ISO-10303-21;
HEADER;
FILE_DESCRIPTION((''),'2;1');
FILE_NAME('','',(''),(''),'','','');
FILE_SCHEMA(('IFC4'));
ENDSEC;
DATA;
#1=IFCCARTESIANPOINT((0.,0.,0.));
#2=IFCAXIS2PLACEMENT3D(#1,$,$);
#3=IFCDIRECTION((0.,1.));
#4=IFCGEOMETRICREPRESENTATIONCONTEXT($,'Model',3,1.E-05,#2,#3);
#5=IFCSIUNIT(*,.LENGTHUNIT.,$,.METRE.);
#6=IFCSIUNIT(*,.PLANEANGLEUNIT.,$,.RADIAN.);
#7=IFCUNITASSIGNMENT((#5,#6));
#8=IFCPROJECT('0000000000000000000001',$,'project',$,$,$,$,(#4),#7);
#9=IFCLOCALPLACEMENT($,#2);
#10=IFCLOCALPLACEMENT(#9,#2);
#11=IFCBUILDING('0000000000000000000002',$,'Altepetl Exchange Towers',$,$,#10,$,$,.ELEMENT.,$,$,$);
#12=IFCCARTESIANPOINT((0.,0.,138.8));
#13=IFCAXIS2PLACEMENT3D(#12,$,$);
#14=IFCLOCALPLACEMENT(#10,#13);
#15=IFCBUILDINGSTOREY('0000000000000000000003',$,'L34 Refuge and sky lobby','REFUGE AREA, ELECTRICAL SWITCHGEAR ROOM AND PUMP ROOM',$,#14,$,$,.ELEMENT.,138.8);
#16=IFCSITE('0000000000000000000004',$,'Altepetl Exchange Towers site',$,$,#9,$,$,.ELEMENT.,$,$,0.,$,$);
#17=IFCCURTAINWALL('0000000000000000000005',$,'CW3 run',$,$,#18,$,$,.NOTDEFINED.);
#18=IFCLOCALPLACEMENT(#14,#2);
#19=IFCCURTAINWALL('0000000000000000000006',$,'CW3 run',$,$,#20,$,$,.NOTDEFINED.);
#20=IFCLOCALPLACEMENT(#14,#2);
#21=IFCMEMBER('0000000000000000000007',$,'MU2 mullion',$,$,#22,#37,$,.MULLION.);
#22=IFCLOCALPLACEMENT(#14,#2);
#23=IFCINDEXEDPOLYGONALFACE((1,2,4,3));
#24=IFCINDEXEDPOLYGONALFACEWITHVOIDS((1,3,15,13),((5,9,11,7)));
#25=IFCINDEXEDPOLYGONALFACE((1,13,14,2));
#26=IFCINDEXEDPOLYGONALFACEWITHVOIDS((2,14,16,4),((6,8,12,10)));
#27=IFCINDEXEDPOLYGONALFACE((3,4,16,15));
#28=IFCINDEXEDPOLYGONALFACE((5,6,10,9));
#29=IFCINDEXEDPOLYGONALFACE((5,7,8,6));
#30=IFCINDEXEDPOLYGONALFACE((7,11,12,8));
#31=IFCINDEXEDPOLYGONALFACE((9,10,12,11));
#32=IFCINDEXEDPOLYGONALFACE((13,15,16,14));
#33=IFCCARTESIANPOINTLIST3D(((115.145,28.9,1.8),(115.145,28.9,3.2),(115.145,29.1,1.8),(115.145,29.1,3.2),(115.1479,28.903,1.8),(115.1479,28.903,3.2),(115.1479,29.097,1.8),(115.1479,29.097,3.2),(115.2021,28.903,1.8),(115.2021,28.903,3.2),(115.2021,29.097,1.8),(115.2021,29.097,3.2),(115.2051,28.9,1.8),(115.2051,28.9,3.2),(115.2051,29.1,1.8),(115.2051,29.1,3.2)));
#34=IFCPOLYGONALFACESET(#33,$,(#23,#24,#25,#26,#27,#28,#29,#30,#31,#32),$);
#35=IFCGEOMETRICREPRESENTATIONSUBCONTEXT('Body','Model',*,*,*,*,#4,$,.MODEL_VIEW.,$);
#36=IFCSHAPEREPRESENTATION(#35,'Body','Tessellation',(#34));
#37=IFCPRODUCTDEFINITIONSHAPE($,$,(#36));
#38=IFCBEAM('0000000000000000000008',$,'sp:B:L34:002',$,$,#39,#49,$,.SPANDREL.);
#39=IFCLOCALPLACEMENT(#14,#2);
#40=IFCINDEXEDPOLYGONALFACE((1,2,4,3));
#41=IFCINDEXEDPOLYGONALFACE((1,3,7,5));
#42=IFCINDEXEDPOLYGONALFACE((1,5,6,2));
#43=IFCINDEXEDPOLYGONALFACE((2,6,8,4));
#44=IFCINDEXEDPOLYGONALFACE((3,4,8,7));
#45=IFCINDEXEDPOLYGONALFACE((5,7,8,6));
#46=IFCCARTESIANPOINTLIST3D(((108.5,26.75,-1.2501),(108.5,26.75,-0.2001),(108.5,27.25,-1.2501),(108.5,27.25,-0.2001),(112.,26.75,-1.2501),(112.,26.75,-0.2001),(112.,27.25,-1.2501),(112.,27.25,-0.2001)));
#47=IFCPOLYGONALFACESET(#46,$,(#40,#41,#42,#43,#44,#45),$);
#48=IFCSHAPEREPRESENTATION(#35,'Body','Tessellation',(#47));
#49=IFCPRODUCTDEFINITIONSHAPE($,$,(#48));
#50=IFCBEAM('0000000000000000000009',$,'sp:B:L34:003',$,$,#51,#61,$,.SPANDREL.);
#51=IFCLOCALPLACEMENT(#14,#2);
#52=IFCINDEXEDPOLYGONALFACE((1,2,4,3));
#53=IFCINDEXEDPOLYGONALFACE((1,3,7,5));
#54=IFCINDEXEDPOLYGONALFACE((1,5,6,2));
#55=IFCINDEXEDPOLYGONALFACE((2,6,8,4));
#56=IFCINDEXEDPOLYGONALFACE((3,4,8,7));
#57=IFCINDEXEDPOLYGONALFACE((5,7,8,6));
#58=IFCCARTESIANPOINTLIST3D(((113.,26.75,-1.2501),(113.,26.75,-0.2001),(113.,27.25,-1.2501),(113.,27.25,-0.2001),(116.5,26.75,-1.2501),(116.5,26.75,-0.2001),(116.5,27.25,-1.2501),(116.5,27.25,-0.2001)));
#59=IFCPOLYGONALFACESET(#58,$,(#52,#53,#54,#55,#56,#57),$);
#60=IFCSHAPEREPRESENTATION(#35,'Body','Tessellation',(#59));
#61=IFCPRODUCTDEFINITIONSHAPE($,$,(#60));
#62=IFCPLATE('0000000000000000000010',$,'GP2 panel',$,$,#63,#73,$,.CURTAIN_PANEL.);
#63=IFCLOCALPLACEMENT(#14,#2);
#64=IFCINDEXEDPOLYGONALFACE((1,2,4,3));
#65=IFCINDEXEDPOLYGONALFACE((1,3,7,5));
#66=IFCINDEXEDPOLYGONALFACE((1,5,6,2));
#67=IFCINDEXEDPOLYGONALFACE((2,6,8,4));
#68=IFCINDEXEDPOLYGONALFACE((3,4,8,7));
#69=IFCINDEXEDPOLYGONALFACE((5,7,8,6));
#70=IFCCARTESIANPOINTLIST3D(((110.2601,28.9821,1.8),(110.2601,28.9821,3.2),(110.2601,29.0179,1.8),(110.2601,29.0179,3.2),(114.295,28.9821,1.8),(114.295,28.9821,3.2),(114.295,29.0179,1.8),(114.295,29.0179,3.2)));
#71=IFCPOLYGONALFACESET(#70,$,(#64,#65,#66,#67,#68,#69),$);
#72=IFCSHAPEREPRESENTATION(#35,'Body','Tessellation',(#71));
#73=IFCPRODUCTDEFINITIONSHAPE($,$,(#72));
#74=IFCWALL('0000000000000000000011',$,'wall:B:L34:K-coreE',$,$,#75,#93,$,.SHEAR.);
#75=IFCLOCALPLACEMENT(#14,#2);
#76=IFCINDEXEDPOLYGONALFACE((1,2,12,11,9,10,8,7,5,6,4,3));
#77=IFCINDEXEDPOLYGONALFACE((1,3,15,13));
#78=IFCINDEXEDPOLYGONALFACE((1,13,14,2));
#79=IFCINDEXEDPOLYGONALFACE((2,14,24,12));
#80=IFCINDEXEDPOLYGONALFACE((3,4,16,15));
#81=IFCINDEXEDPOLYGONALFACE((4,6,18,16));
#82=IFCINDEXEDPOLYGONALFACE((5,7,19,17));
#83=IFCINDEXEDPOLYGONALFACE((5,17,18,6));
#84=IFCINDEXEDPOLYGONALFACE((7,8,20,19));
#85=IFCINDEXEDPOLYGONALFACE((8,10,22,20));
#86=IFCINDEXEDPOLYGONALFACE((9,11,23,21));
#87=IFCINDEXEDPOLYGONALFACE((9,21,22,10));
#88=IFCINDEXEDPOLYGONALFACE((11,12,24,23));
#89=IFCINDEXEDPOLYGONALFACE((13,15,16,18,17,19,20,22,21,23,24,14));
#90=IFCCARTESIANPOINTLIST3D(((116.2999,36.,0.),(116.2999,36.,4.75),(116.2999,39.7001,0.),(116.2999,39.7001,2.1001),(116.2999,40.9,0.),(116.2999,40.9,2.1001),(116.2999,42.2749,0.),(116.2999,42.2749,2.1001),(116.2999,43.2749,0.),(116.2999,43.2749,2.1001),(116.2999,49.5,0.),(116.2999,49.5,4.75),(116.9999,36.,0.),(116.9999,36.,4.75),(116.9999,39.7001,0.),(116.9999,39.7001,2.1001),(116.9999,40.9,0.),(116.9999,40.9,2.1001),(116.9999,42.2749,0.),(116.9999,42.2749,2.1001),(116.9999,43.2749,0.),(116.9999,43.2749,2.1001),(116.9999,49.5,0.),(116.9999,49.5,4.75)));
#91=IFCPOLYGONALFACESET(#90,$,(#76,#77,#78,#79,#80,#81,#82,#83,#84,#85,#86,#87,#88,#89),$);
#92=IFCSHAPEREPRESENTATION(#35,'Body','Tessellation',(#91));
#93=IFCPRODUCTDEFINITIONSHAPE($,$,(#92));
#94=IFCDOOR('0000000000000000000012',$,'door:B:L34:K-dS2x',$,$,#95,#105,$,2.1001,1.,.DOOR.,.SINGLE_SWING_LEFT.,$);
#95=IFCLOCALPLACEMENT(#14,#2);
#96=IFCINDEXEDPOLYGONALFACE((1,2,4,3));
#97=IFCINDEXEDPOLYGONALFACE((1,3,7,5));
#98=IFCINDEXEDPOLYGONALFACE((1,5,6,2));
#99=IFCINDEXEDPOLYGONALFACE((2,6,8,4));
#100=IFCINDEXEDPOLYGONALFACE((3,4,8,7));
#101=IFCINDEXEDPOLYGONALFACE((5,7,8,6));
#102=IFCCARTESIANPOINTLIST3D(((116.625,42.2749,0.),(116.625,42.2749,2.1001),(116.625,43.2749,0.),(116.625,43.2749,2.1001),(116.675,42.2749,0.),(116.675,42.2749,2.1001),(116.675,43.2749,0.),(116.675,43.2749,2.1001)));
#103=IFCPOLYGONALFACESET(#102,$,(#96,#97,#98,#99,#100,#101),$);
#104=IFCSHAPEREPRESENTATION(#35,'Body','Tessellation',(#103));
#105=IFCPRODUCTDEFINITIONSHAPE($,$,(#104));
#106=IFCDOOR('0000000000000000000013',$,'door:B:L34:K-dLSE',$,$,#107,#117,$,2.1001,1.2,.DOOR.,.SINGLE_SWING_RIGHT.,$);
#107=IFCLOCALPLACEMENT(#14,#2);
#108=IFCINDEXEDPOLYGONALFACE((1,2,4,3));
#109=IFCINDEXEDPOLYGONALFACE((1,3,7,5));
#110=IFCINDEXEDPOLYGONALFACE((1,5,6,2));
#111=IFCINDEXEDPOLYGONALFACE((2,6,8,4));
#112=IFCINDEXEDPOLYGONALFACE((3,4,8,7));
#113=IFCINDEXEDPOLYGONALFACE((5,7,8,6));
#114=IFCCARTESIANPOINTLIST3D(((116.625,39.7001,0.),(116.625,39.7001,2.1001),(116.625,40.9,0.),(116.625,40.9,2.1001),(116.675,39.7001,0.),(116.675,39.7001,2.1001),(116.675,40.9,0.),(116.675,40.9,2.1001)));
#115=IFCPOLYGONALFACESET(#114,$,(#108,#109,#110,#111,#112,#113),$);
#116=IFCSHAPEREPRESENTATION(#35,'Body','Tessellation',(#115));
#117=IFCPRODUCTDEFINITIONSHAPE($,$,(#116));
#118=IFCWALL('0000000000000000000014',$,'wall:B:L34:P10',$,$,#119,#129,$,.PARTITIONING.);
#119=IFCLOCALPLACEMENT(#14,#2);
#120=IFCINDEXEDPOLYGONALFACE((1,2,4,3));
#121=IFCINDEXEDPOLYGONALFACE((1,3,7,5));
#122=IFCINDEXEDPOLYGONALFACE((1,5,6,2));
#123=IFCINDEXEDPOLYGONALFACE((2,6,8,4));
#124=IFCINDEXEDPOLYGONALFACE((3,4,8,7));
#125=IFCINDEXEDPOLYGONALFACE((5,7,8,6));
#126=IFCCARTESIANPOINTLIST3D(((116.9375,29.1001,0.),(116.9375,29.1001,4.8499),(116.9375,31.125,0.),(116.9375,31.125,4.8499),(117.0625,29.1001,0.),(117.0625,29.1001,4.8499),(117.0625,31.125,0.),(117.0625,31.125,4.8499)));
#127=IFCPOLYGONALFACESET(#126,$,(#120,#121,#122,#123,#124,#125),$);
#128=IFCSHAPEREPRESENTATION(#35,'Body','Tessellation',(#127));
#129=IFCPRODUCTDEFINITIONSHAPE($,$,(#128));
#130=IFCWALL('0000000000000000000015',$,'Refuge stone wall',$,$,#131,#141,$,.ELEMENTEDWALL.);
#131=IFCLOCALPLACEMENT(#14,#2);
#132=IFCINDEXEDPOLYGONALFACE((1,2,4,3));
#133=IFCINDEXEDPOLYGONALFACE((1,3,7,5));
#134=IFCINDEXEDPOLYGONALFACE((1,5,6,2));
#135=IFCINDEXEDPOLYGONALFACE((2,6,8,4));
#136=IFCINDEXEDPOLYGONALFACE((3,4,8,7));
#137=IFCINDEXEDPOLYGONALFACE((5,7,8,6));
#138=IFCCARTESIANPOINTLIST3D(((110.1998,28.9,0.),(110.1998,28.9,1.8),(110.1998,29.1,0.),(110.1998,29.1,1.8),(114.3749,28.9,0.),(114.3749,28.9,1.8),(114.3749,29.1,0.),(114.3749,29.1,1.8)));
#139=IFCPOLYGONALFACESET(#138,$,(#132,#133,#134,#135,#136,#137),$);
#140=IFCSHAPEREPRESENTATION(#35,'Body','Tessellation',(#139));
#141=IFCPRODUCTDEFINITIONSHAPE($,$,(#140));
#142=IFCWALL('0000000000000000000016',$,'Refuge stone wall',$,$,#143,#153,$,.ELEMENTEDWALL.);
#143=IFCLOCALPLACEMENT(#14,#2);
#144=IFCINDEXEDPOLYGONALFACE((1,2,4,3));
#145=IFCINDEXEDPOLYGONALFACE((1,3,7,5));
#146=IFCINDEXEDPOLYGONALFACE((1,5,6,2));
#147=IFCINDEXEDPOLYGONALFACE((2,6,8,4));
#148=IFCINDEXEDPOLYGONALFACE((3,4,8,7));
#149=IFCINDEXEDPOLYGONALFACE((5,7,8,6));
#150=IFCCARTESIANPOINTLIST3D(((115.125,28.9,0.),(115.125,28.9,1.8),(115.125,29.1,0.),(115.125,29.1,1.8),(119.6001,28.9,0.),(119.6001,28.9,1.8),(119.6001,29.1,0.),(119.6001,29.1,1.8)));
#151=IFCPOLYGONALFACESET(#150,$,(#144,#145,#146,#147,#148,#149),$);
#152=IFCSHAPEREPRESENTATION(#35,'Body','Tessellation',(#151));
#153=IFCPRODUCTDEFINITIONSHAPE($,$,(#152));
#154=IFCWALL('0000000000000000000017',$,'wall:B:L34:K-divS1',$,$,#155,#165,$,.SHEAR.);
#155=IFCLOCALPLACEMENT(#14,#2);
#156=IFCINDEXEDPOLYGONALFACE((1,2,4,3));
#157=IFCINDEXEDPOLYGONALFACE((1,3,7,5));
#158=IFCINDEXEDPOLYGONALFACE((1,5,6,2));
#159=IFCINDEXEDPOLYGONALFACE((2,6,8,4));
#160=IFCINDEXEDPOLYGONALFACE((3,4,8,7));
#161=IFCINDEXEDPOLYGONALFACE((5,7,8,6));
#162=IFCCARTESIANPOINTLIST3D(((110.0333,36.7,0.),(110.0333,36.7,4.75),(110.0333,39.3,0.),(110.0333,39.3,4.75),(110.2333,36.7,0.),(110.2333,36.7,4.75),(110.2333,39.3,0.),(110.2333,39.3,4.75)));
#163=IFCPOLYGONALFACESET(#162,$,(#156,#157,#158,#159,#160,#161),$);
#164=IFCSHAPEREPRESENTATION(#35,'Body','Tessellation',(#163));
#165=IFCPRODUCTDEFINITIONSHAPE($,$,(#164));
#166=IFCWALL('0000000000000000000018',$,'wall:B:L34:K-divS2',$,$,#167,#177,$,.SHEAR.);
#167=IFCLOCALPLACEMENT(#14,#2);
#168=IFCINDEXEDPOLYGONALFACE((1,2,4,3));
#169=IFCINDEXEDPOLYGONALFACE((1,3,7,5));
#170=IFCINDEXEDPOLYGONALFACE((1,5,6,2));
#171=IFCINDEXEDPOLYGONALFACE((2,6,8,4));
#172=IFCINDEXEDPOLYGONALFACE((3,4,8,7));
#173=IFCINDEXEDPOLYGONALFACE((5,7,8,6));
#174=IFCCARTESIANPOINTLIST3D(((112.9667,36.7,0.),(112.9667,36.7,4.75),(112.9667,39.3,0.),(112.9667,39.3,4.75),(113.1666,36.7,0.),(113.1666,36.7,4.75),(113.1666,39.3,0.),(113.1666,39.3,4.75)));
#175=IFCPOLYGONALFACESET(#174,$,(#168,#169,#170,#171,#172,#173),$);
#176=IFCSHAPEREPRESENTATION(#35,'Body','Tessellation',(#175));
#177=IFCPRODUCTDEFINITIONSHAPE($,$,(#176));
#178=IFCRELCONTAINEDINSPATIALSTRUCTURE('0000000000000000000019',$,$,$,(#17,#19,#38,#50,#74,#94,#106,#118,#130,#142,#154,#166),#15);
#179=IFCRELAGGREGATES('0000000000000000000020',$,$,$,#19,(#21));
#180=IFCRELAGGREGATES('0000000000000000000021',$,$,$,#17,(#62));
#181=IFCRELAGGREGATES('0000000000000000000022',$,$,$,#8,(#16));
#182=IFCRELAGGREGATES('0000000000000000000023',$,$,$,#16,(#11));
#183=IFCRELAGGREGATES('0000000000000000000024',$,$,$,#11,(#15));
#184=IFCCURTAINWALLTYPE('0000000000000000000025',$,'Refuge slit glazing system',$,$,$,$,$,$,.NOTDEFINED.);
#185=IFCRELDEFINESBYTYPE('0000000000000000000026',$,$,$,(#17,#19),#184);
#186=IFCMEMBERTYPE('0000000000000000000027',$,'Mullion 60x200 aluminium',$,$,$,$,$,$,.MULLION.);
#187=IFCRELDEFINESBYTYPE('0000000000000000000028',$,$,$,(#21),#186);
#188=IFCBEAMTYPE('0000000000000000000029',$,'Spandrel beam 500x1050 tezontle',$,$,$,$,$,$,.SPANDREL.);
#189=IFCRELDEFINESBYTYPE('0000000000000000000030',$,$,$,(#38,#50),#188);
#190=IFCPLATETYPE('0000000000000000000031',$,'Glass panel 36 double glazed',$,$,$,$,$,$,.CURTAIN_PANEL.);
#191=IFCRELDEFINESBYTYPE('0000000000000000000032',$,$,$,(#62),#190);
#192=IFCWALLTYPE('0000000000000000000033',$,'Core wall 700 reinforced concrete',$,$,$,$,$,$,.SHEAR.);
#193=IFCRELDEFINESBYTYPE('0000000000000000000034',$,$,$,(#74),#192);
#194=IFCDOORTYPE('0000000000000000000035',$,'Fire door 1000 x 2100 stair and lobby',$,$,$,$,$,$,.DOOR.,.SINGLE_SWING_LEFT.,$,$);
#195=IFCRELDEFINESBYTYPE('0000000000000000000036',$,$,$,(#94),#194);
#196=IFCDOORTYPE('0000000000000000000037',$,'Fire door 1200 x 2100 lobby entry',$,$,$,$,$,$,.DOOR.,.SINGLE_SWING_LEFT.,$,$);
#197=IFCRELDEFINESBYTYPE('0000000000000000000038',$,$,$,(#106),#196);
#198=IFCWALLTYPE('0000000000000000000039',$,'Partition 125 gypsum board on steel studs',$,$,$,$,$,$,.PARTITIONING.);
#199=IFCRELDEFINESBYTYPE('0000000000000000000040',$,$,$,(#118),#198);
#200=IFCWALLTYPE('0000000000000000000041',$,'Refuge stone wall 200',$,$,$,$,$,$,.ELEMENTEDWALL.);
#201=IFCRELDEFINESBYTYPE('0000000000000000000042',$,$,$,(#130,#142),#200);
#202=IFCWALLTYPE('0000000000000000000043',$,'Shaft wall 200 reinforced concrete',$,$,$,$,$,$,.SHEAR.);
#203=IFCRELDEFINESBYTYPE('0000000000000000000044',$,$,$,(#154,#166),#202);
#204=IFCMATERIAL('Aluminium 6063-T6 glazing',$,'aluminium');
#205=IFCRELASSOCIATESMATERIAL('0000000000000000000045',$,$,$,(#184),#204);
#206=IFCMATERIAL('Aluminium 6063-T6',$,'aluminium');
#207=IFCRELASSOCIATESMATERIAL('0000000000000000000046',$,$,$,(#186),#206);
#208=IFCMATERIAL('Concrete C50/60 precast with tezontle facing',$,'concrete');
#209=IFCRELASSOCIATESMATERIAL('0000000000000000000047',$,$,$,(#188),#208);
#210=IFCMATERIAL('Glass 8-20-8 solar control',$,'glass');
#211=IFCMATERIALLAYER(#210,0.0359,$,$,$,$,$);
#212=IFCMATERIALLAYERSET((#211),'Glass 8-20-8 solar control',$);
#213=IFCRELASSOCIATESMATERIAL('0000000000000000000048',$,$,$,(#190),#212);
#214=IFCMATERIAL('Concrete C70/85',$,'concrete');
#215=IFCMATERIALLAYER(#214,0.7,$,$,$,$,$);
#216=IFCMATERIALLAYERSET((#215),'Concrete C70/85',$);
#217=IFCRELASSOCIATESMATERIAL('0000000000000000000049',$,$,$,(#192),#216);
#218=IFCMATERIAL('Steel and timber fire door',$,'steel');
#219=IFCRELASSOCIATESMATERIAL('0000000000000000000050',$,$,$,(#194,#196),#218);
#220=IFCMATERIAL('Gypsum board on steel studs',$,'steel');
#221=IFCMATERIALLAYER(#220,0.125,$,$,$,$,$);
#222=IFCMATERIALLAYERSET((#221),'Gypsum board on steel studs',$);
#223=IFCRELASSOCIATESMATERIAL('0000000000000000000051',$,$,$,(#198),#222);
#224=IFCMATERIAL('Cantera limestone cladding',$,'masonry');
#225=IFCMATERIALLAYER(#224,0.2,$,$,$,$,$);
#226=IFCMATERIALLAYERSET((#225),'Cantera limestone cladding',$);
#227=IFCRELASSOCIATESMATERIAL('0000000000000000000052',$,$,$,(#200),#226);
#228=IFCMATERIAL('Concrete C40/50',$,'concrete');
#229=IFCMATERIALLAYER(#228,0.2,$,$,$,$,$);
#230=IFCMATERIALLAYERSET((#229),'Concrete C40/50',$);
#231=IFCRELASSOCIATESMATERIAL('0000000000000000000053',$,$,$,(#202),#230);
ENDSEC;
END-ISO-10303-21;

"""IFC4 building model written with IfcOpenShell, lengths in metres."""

from ifc_helpers import new_model, si_unit, direction, frame, frame_2d, origin, origin_2d, place, context, subcontext, project, spatial, rectangle, hollow_rectangle, extrude, material, layer, layer_set, material_profile, profile_set, type_object, element, fill, aggregate, save


model = new_model("IFC4")

# Units and contexts
model_context = context("Model", 3, precision=1e-05, world=origin(), true_north=direction((0.0, 1.0)))
body_context = subcontext(model_context, "Body", "Model", "MODEL_VIEW")
ifc_project = project(units=[si_unit("LENGTHUNIT", "METRE"), si_unit("PLANEANGLEUNIT", "RADIAN")], contexts=[model_context])

# Site, building, storey
site_placement = place(None, origin())
site = spatial("IfcSite", under=ifc_project, at=site_placement, Name="Altepetl Exchange Towers site", CompositionType="ELEMENT", RefElevation=0.0)
building_placement = place(site_placement, origin())
building = spatial("IfcBuilding", under=site, at=building_placement, Name="Altepetl Exchange Towers", CompositionType="ELEMENT")
storey_placement = place(building_placement, frame((0.0, 0.0, 138.8)))
storey = spatial("IfcBuildingStorey", under=building, at=storey_placement, Name="L34 Refuge and sky lobby", Description="REFUGE AREA, ELECTRICAL SWITCHGEAR ROOM AND PUMP ROOM", CompositionType="ELEMENT", Elevation=138.8)

# Shared definitions
ifc_material_1 = material(Name="Concrete C70/85", Category="concrete")

# Curtain wall
ifc_material_2 = material(Name="Aluminium 6063-T6 glazing", Category="aluminium")
curtain_wall_type = type_object("IfcCurtainWallType", Name="Refuge slit glazing system", PredefinedType="NOTDEFINED", material=ifc_material_2)
curtain_wall_1_placement = place(storey_placement, origin())
curtain_wall_1 = element("IfcCurtainWall", 1, at=curtain_wall_1_placement, inside=storey, type_object=curtain_wall_type, Name="CW3 run", PredefinedType="NOTDEFINED")
ifc_material_3 = material(Name="Aluminium 6063-T6", Category="aluminium")
ifc_material_profile_1 = material_profile(ifc_material_3, hollow_rectangle(XDim=0.0601, YDim=0.2, WallThickness=0.0029, at=origin_2d()), Name="Mullion 60x200 aluminium")
ifc_profile_set_1 = profile_set([ifc_material_profile_1], Name="Aluminium 6063-T6")
member_type_1 = type_object("IfcMemberType", Name="Mullion 60x200 aluminium", PredefinedType="MULLION", material=ifc_profile_set_1)

# Curtain wall, member
curtain_wall_2_placement = place(storey_placement, origin())
curtain_wall_2 = element("IfcCurtainWall", 2, at=curtain_wall_2_placement, inside=storey, type_object=curtain_wall_type, Name="CW3 run", PredefinedType="NOTDEFINED")
member_1_placement = place(storey_placement, frame((115.175, 29.0, 1.8)))
member_1 = element("IfcMember", 3, at=member_1_placement, type_object=member_type_1, Name="MU2 mullion", PredefinedType="MULLION", context=body_context, shape_type="SweptSolid", body=[
    extrude(hollow_rectangle(XDim=0.0601, YDim=0.2, WallThickness=0.0029, at=origin_2d()), origin(), (0.0, 0.0, 1.0), 1.3999),
])
aggregate(curtain_wall_2, [member_1])

# Beams
ifc_material_4 = material(Name="Concrete C50/60 precast with tezontle facing", Category="concrete")
ifc_material_profile_2 = material_profile(ifc_material_4, rectangle(XDim=0.5, YDim=1.05, at=origin_2d()), Name="500 x 1050")
ifc_profile_set_2 = profile_set([ifc_material_profile_2], Name="Concrete C50/60 precast with tezontle facing")
beam_type_1 = type_object("IfcBeamType", Name="Spandrel beam 500x1050 tezontle", PredefinedType="SPANDREL", material=ifc_profile_set_2)
for number, where, z_axis, x_axis, name in (
    (4, (108.5, 27.0, -0.7251), (1.0, 0.0, 0.0), (0.0, 1.0, 0.0), "sp:B:L34:002"),
    (5, (113.0, 27.0, -0.7251), (1.0, 0.0, 0.0), (0.0, 1.0, 0.0), "sp:B:L34:003"),
):
    element("IfcBeam", number, at=place(storey_placement, frame(where, z_axis=z_axis, x_axis=x_axis)), inside=storey, type_object=beam_type_1, Name=name, PredefinedType="SPANDREL", context=body_context, shape_type="SweptSolid", body=[
        extrude(rectangle(XDim=0.5, YDim=1.05, at=origin_2d()), origin(), (0.0, 0.0, 1.0), 3.5),
    ])

# Plate
ifc_material_5 = material(Name="Glass 8-20-8 solar control", Category="glass")
ifc_layer_1 = layer(ifc_material_5, 0.0359)
ifc_layer_set_1 = layer_set([ifc_layer_1], Name="Glass 8-20-8 solar control")
plate_type = type_object("IfcPlateType", Name="Glass panel 36 double glazed", PredefinedType="CURTAIN_PANEL", material=ifc_layer_set_1)
plate_placement = place(storey_placement, frame((112.2776, 29.0, 1.8)))
plate = element("IfcPlate", 6, at=plate_placement, type_object=plate_type, Name="GP2 panel", PredefinedType="CURTAIN_PANEL", context=body_context, shape_type="SweptSolid", body=[
    extrude(rectangle(XDim=4.0349, YDim=0.0359, at=origin_2d()), origin(), (0.0, 0.0, 1.0), 1.3999),
])
aggregate(curtain_wall_1, [plate])

# Wall, openings, doors
ifc_layer_2 = layer(ifc_material_1, 0.7)
ifc_layer_set_2 = layer_set([ifc_layer_2], Name="Concrete C70/85")
wall_type_1 = type_object("IfcWallType", Name="Core wall 700 reinforced concrete", PredefinedType="SHEAR", material=ifc_layer_set_2)
wall_1_placement = place(storey_placement, frame((116.6499, 36.0, 0.0), z_axis=(0.0, 0.0, 1.0), x_axis=(0.0, 1.0, 0.0)))
wall_1 = element("IfcWall", 7, at=wall_1_placement, inside=storey, type_object=wall_type_1, Name="wall:B:L34:K-coreE", PredefinedType="SHEAR", context=body_context, shape_type="SweptSolid", body=[
    extrude(rectangle(XDim=13.5, YDim=0.7, at=frame_2d((6.75, 0.0))), origin(), (0.0, 0.0, 1.0), 4.75),
])
opening_1_placement = place(wall_1_placement, frame((3.7, 0.0, 0.0)))
opening_1 = element("IfcOpeningElement", 8, at=opening_1_placement, cuts=wall_1, PredefinedType="OPENING", context=body_context, shape_type="SweptSolid", body=[
    extrude(rectangle(XDim=1.2, YDim=2.1001, at=frame_2d((0.6001, 1.05))), frame((0.0, 0.3599, 0.0), z_axis=(0.0, -1.0, 0.0), x_axis=(1.0, 0.0, 0.0)), (0.0, 0.0, 1.0), 0.72),
])
opening_2_placement = place(wall_1_placement, frame((6.2749, 0.0, 0.0)))
opening_2 = element("IfcOpeningElement", 9, at=opening_2_placement, cuts=wall_1, PredefinedType="OPENING", context=body_context, shape_type="SweptSolid", body=[
    extrude(rectangle(XDim=1.0, YDim=2.1001, at=frame_2d((0.5, 1.05))), frame((0.0, 0.3599, 0.0), z_axis=(0.0, -1.0, 0.0), x_axis=(1.0, 0.0, 0.0)), (0.0, 0.0, 1.0), 0.72),
])
ifc_material_6 = material(Name="Steel and timber fire door", Category="steel")
door_type_1 = type_object("IfcDoorType", Name="Fire door 1000 x 2100 stair and lobby", OperationType="SINGLE_SWING_LEFT", PredefinedType="DOOR", material=ifc_material_6)
door_1_placement = place(opening_2_placement, origin())
door_1 = element("IfcDoor", 10, at=door_1_placement, inside=storey, type_object=door_type_1, Name="door:B:L34:K-dS2x", OperationType="SINGLE_SWING_LEFT", OverallHeight=2.1001, OverallWidth=1.0, PredefinedType="DOOR", context=body_context, shape_type="SweptSolid", body=[
    extrude(rectangle(XDim=1.0, YDim=2.1001, at=frame_2d((0.5, 1.05))), frame((0.0, 0.0249, 0.0), z_axis=(0.0, -1.0, 0.0), x_axis=(1.0, 0.0, 0.0)), (0.0, 0.0, 1.0), 0.05),
])
fill(opening_2, door_1)
door_type_2 = type_object("IfcDoorType", Name="Fire door 1200 x 2100 lobby entry", OperationType="SINGLE_SWING_LEFT", PredefinedType="DOOR", material=ifc_material_6)
door_2_placement = place(opening_1_placement, origin())
door_2 = element("IfcDoor", 11, at=door_2_placement, inside=storey, type_object=door_type_2, Name="door:B:L34:K-dLSE", OperationType="SINGLE_SWING_RIGHT", OverallHeight=2.1001, OverallWidth=1.2, PredefinedType="DOOR", context=body_context, shape_type="SweptSolid", body=[
    extrude(rectangle(XDim=1.2, YDim=2.1001, at=frame_2d((0.6001, 1.05))), frame((0.0, 0.0249, 0.0), z_axis=(0.0, -1.0, 0.0), x_axis=(1.0, 0.0, 0.0)), (0.0, 0.0, 1.0), 0.05),
])
fill(opening_1, door_2)

# Walls
ifc_material_7 = material(Name="Gypsum board on steel studs", Category="steel")
ifc_layer_3 = layer(ifc_material_7, 0.125)
ifc_layer_set_3 = layer_set([ifc_layer_3], Name="Gypsum board on steel studs")
wall_type_2 = type_object("IfcWallType", Name="Partition 125 gypsum board on steel studs", PredefinedType="PARTITIONING", material=ifc_layer_set_3)
wall_2_placement = place(storey_placement, frame((117.0, 29.1001, 0.0), z_axis=(0.0, 0.0, 1.0), x_axis=(0.0, 1.0, 0.0)))
element("IfcWall", 12, at=wall_2_placement, inside=storey, type_object=wall_type_2, Name="wall:B:L34:P10", PredefinedType="PARTITIONING", context=body_context, shape_type="SweptSolid", body=[
    extrude(rectangle(XDim=2.0249, YDim=0.125, at=frame_2d((1.0125, 0.0))), origin(), (0.0, 0.0, 1.0), 4.8499),
])
ifc_material_8 = material(Name="Cantera limestone cladding", Category="masonry")
ifc_layer_4 = layer(ifc_material_8, 0.2)
ifc_layer_set_4 = layer_set([ifc_layer_4], Name="Cantera limestone cladding")
wall_type_3 = type_object("IfcWallType", Name="Refuge stone wall 200", PredefinedType="ELEMENTEDWALL", material=ifc_layer_set_4)
wall_3_placement = place(storey_placement, frame((110.2, 29.0, 0.0)))
element("IfcWall", 13, at=wall_3_placement, inside=storey, type_object=wall_type_3, Name="Refuge stone wall", PredefinedType="ELEMENTEDWALL", context=body_context, shape_type="SweptSolid", body=[
    extrude(rectangle(XDim=4.175, YDim=0.2, at=frame_2d((2.0874, 0.0))), origin(), (0.0, 0.0, 1.0), 1.8),
])
wall_4_placement = place(storey_placement, frame((115.125, 29.0, 0.0)))
element("IfcWall", 14, at=wall_4_placement, inside=storey, type_object=wall_type_3, Name="Refuge stone wall", PredefinedType="ELEMENTEDWALL", context=body_context, shape_type="SweptSolid", body=[
    extrude(rectangle(XDim=4.4751, YDim=0.2, at=frame_2d((2.2375, 0.0))), origin(), (0.0, 0.0, 1.0), 1.8),
])
ifc_material_9 = material(Name="Concrete C40/50", Category="concrete")
ifc_layer_5 = layer(ifc_material_9, 0.2)
ifc_layer_set_5 = layer_set([ifc_layer_5], Name="Concrete C40/50")
wall_type_4 = type_object("IfcWallType", Name="Shaft wall 200 reinforced concrete", PredefinedType="SHEAR", material=ifc_layer_set_5)
for number, where, z_axis, x_axis, name in (
    (15, (110.1333, 36.7, 0.0), (0.0, 0.0, 1.0), (0.0, 1.0, 0.0), "wall:B:L34:K-divS1"),
    (16, (113.0667, 36.7, 0.0), (0.0, 0.0, 1.0), (0.0, 1.0, 0.0), "wall:B:L34:K-divS2"),
):
    element("IfcWall", number, at=place(storey_placement, frame(where, z_axis=z_axis, x_axis=x_axis)), inside=storey, type_object=wall_type_4, Name=name, PredefinedType="SHEAR", context=body_context, shape_type="SweptSolid", body=[
        extrude(rectangle(XDim=2.6001, YDim=0.2, at=frame_2d((1.3, 0.0))), origin(), (0.0, 0.0, 1.0), 4.75),
    ])

save(model, "model.ifc")
